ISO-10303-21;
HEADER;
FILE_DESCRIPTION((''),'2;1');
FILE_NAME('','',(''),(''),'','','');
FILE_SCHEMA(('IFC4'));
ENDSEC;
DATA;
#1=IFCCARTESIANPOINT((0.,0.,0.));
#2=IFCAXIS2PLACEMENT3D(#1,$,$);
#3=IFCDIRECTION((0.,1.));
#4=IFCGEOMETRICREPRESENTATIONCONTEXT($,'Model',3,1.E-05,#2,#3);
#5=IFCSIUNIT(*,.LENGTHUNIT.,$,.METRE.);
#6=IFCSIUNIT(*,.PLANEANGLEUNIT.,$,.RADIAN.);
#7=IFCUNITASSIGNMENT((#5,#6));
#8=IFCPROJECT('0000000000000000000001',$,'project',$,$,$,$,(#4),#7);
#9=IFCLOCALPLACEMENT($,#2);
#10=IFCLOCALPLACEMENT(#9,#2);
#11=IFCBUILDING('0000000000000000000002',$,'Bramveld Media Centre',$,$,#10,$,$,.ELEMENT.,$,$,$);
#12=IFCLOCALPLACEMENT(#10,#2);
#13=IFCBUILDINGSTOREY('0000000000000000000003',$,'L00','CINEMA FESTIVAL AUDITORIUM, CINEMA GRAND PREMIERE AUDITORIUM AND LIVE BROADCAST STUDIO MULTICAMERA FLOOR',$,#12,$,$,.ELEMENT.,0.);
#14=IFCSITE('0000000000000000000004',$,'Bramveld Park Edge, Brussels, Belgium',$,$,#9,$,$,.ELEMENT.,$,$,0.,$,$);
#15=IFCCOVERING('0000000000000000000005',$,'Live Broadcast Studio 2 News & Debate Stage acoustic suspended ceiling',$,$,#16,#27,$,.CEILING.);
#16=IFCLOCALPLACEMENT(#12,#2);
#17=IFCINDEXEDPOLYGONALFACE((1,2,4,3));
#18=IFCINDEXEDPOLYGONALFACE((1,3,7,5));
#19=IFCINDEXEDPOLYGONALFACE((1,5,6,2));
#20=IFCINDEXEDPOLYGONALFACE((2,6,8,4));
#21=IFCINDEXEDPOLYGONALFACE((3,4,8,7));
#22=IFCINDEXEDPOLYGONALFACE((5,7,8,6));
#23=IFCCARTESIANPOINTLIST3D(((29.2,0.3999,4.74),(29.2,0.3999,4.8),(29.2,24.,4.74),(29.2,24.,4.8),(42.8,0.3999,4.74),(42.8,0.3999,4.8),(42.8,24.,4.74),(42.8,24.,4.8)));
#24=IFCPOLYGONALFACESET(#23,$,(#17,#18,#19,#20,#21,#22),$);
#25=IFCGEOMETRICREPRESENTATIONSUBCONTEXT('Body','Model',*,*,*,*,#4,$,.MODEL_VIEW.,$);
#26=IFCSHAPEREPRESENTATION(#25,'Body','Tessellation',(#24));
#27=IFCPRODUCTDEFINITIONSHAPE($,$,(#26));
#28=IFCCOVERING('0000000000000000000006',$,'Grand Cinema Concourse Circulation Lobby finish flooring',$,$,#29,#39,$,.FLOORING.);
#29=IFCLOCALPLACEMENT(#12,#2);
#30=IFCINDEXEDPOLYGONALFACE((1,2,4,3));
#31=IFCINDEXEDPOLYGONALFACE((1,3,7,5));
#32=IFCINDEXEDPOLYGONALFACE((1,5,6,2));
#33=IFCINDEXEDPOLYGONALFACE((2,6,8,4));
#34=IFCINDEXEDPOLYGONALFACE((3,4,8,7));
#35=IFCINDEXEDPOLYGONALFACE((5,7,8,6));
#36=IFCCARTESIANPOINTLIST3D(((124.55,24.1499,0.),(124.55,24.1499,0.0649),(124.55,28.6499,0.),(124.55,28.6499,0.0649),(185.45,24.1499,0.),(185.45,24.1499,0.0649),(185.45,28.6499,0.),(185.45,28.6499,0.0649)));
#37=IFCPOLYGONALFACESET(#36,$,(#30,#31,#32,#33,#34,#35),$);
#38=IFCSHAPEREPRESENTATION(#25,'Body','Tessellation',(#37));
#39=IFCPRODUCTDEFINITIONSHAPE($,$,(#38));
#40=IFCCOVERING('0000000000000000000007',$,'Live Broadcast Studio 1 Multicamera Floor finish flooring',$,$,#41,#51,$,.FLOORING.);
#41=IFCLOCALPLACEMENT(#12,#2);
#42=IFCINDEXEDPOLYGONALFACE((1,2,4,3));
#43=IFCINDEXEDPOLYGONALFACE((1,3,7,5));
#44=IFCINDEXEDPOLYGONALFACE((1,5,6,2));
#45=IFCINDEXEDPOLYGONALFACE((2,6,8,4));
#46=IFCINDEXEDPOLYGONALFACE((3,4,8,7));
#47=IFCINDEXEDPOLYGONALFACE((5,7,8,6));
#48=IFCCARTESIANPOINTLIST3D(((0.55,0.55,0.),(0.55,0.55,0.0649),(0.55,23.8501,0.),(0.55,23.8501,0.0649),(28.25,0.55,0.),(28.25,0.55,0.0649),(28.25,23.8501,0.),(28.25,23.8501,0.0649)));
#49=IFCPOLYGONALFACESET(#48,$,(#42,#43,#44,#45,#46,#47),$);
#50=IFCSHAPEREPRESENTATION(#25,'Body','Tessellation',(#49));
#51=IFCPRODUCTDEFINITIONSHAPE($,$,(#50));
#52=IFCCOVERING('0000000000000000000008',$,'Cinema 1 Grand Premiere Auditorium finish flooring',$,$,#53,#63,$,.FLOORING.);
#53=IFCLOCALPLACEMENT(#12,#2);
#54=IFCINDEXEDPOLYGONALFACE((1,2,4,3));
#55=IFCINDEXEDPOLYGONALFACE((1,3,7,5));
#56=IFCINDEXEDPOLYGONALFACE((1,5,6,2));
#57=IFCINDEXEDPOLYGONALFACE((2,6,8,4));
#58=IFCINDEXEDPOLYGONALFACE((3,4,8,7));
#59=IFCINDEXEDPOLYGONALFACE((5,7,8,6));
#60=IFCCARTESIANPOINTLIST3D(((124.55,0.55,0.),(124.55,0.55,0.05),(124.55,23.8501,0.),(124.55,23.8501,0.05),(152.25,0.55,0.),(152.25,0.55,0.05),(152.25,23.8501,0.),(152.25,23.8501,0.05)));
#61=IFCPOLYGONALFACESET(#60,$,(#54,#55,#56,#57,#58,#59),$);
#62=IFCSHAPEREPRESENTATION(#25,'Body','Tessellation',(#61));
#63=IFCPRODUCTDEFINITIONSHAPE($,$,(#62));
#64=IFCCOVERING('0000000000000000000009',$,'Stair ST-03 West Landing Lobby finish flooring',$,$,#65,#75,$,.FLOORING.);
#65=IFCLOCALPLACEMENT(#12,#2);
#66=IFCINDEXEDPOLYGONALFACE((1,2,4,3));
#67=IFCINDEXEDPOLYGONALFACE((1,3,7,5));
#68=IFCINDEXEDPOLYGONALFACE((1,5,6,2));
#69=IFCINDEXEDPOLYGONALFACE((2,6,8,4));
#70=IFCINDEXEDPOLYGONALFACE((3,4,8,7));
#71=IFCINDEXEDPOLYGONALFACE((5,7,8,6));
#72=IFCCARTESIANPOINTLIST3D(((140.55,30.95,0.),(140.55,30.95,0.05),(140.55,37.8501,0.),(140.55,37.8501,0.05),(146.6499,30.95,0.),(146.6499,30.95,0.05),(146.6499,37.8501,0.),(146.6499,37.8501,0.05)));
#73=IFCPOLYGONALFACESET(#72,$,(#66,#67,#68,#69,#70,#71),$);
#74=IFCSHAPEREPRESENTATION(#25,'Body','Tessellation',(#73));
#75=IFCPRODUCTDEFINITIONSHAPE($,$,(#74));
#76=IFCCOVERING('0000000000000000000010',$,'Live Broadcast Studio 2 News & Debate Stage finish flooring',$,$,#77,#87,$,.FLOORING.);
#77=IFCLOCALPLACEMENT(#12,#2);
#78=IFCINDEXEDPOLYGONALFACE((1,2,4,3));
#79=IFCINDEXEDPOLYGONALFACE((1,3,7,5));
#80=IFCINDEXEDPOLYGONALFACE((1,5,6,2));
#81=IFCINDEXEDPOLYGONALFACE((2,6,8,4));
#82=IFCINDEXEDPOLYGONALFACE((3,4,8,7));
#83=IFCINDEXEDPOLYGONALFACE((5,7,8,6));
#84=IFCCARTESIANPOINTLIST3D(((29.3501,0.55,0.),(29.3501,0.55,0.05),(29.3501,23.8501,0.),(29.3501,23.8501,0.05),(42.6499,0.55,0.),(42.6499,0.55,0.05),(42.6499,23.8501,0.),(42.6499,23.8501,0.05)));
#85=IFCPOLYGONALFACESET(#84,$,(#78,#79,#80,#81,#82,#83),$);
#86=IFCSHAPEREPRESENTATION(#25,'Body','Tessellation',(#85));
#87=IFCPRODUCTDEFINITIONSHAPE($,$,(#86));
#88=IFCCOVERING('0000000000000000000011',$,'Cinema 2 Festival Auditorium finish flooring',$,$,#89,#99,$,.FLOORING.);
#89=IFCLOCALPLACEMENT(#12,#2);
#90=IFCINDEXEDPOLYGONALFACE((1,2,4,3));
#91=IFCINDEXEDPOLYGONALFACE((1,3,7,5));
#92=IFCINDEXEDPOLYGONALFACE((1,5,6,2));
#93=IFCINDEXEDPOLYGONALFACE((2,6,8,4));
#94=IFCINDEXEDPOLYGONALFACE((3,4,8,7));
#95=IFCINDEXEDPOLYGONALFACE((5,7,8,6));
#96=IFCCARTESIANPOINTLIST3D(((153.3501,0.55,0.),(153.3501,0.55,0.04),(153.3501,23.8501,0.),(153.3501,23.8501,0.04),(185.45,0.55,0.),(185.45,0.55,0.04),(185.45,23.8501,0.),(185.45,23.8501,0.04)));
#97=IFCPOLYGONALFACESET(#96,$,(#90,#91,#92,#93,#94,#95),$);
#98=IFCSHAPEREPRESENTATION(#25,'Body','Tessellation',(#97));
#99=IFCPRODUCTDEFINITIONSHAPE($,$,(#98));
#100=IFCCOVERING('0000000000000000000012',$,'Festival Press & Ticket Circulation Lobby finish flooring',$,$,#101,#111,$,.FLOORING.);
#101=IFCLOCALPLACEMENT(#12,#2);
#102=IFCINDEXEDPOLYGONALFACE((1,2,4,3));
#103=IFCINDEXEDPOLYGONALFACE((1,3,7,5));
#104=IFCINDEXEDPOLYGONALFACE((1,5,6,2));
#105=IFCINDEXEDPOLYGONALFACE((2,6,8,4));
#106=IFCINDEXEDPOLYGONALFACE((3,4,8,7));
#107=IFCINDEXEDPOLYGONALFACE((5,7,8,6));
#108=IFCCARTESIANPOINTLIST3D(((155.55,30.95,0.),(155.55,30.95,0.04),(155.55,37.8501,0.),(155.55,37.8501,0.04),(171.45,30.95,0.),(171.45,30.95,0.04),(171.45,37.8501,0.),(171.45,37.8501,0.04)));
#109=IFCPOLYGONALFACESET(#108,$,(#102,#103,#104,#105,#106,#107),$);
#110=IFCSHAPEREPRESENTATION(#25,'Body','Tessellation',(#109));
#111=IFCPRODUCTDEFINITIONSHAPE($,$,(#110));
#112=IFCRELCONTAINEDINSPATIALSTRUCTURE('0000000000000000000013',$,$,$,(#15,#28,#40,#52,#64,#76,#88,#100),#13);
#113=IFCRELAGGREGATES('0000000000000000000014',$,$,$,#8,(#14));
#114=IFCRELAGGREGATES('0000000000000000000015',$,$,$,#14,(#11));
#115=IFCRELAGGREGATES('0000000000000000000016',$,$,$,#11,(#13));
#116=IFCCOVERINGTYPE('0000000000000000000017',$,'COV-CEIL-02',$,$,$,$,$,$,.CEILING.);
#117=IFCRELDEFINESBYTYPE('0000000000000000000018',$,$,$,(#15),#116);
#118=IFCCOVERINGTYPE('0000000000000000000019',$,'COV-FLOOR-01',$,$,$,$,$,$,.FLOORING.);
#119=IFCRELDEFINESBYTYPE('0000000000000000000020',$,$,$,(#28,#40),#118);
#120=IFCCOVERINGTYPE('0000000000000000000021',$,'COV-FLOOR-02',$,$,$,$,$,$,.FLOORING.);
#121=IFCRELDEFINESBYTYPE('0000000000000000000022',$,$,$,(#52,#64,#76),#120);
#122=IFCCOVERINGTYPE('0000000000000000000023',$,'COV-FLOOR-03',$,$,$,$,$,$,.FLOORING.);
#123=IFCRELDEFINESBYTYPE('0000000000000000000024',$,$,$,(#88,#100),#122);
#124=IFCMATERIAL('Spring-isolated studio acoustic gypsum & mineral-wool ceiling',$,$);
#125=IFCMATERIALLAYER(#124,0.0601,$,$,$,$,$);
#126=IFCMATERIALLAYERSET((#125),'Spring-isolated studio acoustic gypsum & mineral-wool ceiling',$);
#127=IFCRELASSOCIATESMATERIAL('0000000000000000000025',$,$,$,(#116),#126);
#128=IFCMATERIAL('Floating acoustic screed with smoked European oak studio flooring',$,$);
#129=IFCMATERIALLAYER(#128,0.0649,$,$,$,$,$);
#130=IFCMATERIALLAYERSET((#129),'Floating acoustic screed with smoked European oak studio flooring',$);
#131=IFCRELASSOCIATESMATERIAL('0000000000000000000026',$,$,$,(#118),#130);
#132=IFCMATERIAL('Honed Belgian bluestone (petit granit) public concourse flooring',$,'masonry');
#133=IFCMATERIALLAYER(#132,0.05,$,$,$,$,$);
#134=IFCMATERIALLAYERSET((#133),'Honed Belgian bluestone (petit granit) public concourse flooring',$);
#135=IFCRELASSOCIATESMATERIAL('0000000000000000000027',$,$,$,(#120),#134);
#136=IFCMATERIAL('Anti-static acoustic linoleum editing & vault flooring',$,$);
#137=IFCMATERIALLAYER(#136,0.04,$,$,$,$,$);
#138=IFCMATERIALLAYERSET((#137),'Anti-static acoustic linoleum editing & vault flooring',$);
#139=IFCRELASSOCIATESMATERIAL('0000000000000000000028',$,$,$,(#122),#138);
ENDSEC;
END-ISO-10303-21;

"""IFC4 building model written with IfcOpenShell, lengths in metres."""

from ifc_helpers import new_model, si_unit, direction, frame, origin, place, context, subcontext, project, spatial, polyline, outline, extrude, material, layer, layer_set, type_object, element, save


model = new_model("IFC4")

# Units and contexts
model_context = context("Model", 3, precision=1e-05, world=origin(), true_north=direction((0.0, 1.0)))
body_context = subcontext(model_context, "Body", "Model", "MODEL_VIEW")
ifc_project = project(units=[si_unit("LENGTHUNIT", "METRE"), si_unit("PLANEANGLEUNIT", "RADIAN")], contexts=[model_context])

# Site, building, storey
site_placement = place(None, origin())
site = spatial("IfcSite", under=ifc_project, at=site_placement, Name="Bramveld Park Edge, Brussels, Belgium", CompositionType="ELEMENT", RefElevation=0.0)
building_placement = place(site_placement, origin())
building = spatial("IfcBuilding", under=site, at=building_placement, Name="Bramveld Media Centre", CompositionType="ELEMENT")
storey_placement = place(building_placement, origin())
storey = spatial("IfcBuildingStorey", under=building, at=storey_placement, Name="L00", Description="CINEMA FESTIVAL AUDITORIUM, CINEMA GRAND PREMIERE AUDITORIUM AND LIVE BROADCAST STUDIO MULTICAMERA FLOOR", CompositionType="ELEMENT", Elevation=0.0)

# Coverings
ifc_material_1 = material(Name="Spring-isolated studio acoustic gypsum & mineral-wool ceiling")
ifc_layer_1 = layer(ifc_material_1, 0.0601)
ifc_layer_set_1 = layer_set([ifc_layer_1], Name="Spring-isolated studio acoustic gypsum & mineral-wool ceiling")
covering_type_1 = type_object("IfcCoveringType", Name="COV-CEIL-02", PredefinedType="CEILING", material=ifc_layer_set_1)
covering_1_placement = place(storey_placement, frame((0.0, 0.0, 4.74)))
element("IfcCovering", 1, at=covering_1_placement, inside=storey, type_object=covering_type_1, Name="Live Broadcast Studio 2 News & Debate Stage acoustic suspended ceiling", PredefinedType="CEILING", context=body_context, shape_type="SweptSolid", body=[
    extrude(outline(polyline([(29.2, 0.3999), (42.8, 0.3999), (42.8, 24.0), (29.2, 24.0), (29.2, 0.3999)])), origin(), (0.0, 0.0, 1.0), 0.0601),
])
ifc_material_2 = material(Name="Floating acoustic screed with smoked European oak studio flooring")
ifc_layer_2 = layer(ifc_material_2, 0.0649)
ifc_layer_set_2 = layer_set([ifc_layer_2], Name="Floating acoustic screed with smoked European oak studio flooring")
covering_type_2 = type_object("IfcCoveringType", Name="COV-FLOOR-01", PredefinedType="FLOORING", material=ifc_layer_set_2)
covering_2_placement = place(storey_placement, origin())
element("IfcCovering", 2, at=covering_2_placement, inside=storey, type_object=covering_type_2, Name="Grand Cinema Concourse Circulation Lobby finish flooring", PredefinedType="FLOORING", context=body_context, shape_type="SweptSolid", body=[
    extrude(outline(polyline([(124.55, 24.1499), (185.45, 24.1499), (185.45, 28.6499), (124.55, 28.6499), (124.55, 24.1499)])), origin(), (0.0, 0.0, 1.0), 0.0649),
])
covering_3_placement = place(storey_placement, origin())
element("IfcCovering", 3, at=covering_3_placement, inside=storey, type_object=covering_type_2, Name="Live Broadcast Studio 1 Multicamera Floor finish flooring", PredefinedType="FLOORING", context=body_context, shape_type="SweptSolid", body=[
    extrude(outline(polyline([(0.55, 0.55), (28.25, 0.55), (28.25, 23.8501), (0.55, 23.8501), (0.55, 0.55)])), origin(), (0.0, 0.0, 1.0), 0.0649),
])
ifc_material_3 = material(Name="Honed Belgian bluestone (petit granit) public concourse flooring", Category="masonry")
ifc_layer_3 = layer(ifc_material_3, 0.05)
ifc_layer_set_3 = layer_set([ifc_layer_3], Name="Honed Belgian bluestone (petit granit) public concourse flooring")
covering_type_3 = type_object("IfcCoveringType", Name="COV-FLOOR-02", PredefinedType="FLOORING", material=ifc_layer_set_3)
covering_4_placement = place(storey_placement, origin())
element("IfcCovering", 4, at=covering_4_placement, inside=storey, type_object=covering_type_3, Name="Cinema 1 Grand Premiere Auditorium finish flooring", PredefinedType="FLOORING", context=body_context, shape_type="SweptSolid", body=[
    extrude(outline(polyline([(124.55, 0.55), (152.25, 0.55), (152.25, 23.8501), (124.55, 23.8501), (124.55, 0.55)])), origin(), (0.0, 0.0, 1.0), 0.05),
])
covering_5_placement = place(storey_placement, origin())
element("IfcCovering", 5, at=covering_5_placement, inside=storey, type_object=covering_type_3, Name="Stair ST-03 West Landing Lobby finish flooring", PredefinedType="FLOORING", context=body_context, shape_type="SweptSolid", body=[
    extrude(outline(polyline([(140.55, 30.95), (146.6499, 30.95), (146.6499, 37.8501), (140.55, 37.8501), (140.55, 30.95)])), origin(), (0.0, 0.0, 1.0), 0.05),
])
covering_6_placement = place(storey_placement, origin())
element("IfcCovering", 6, at=covering_6_placement, inside=storey, type_object=covering_type_3, Name="Live Broadcast Studio 2 News & Debate Stage finish flooring", PredefinedType="FLOORING", context=body_context, shape_type="SweptSolid", body=[
    extrude(outline(polyline([(29.3501, 0.55), (42.6499, 0.55), (42.6499, 23.8501), (29.3501, 23.8501), (29.3501, 0.55)])), origin(), (0.0, 0.0, 1.0), 0.05),
])
ifc_material_4 = material(Name="Anti-static acoustic linoleum editing & vault flooring")
ifc_layer_4 = layer(ifc_material_4, 0.04)
ifc_layer_set_4 = layer_set([ifc_layer_4], Name="Anti-static acoustic linoleum editing & vault flooring")
covering_type_4 = type_object("IfcCoveringType", Name="COV-FLOOR-03", PredefinedType="FLOORING", material=ifc_layer_set_4)
covering_7_placement = place(storey_placement, origin())
element("IfcCovering", 7, at=covering_7_placement, inside=storey, type_object=covering_type_4, Name="Cinema 2 Festival Auditorium finish flooring", PredefinedType="FLOORING", context=body_context, shape_type="SweptSolid", body=[
    extrude(outline(polyline([(153.3501, 0.55), (185.45, 0.55), (185.45, 23.8501), (153.3501, 23.8501), (153.3501, 0.55)])), origin(), (0.0, 0.0, 1.0), 0.04),
])
covering_8_placement = place(storey_placement, origin())
element("IfcCovering", 8, at=covering_8_placement, inside=storey, type_object=covering_type_4, Name="Festival Press & Ticket Circulation Lobby finish flooring", PredefinedType="FLOORING", context=body_context, shape_type="SweptSolid", body=[
    extrude(outline(polyline([(155.55, 30.95), (171.45, 30.95), (171.45, 37.8501), (155.55, 37.8501), (155.55, 30.95)])), origin(), (0.0, 0.0, 1.0), 0.04),
])

save(model, "model.ifc")
